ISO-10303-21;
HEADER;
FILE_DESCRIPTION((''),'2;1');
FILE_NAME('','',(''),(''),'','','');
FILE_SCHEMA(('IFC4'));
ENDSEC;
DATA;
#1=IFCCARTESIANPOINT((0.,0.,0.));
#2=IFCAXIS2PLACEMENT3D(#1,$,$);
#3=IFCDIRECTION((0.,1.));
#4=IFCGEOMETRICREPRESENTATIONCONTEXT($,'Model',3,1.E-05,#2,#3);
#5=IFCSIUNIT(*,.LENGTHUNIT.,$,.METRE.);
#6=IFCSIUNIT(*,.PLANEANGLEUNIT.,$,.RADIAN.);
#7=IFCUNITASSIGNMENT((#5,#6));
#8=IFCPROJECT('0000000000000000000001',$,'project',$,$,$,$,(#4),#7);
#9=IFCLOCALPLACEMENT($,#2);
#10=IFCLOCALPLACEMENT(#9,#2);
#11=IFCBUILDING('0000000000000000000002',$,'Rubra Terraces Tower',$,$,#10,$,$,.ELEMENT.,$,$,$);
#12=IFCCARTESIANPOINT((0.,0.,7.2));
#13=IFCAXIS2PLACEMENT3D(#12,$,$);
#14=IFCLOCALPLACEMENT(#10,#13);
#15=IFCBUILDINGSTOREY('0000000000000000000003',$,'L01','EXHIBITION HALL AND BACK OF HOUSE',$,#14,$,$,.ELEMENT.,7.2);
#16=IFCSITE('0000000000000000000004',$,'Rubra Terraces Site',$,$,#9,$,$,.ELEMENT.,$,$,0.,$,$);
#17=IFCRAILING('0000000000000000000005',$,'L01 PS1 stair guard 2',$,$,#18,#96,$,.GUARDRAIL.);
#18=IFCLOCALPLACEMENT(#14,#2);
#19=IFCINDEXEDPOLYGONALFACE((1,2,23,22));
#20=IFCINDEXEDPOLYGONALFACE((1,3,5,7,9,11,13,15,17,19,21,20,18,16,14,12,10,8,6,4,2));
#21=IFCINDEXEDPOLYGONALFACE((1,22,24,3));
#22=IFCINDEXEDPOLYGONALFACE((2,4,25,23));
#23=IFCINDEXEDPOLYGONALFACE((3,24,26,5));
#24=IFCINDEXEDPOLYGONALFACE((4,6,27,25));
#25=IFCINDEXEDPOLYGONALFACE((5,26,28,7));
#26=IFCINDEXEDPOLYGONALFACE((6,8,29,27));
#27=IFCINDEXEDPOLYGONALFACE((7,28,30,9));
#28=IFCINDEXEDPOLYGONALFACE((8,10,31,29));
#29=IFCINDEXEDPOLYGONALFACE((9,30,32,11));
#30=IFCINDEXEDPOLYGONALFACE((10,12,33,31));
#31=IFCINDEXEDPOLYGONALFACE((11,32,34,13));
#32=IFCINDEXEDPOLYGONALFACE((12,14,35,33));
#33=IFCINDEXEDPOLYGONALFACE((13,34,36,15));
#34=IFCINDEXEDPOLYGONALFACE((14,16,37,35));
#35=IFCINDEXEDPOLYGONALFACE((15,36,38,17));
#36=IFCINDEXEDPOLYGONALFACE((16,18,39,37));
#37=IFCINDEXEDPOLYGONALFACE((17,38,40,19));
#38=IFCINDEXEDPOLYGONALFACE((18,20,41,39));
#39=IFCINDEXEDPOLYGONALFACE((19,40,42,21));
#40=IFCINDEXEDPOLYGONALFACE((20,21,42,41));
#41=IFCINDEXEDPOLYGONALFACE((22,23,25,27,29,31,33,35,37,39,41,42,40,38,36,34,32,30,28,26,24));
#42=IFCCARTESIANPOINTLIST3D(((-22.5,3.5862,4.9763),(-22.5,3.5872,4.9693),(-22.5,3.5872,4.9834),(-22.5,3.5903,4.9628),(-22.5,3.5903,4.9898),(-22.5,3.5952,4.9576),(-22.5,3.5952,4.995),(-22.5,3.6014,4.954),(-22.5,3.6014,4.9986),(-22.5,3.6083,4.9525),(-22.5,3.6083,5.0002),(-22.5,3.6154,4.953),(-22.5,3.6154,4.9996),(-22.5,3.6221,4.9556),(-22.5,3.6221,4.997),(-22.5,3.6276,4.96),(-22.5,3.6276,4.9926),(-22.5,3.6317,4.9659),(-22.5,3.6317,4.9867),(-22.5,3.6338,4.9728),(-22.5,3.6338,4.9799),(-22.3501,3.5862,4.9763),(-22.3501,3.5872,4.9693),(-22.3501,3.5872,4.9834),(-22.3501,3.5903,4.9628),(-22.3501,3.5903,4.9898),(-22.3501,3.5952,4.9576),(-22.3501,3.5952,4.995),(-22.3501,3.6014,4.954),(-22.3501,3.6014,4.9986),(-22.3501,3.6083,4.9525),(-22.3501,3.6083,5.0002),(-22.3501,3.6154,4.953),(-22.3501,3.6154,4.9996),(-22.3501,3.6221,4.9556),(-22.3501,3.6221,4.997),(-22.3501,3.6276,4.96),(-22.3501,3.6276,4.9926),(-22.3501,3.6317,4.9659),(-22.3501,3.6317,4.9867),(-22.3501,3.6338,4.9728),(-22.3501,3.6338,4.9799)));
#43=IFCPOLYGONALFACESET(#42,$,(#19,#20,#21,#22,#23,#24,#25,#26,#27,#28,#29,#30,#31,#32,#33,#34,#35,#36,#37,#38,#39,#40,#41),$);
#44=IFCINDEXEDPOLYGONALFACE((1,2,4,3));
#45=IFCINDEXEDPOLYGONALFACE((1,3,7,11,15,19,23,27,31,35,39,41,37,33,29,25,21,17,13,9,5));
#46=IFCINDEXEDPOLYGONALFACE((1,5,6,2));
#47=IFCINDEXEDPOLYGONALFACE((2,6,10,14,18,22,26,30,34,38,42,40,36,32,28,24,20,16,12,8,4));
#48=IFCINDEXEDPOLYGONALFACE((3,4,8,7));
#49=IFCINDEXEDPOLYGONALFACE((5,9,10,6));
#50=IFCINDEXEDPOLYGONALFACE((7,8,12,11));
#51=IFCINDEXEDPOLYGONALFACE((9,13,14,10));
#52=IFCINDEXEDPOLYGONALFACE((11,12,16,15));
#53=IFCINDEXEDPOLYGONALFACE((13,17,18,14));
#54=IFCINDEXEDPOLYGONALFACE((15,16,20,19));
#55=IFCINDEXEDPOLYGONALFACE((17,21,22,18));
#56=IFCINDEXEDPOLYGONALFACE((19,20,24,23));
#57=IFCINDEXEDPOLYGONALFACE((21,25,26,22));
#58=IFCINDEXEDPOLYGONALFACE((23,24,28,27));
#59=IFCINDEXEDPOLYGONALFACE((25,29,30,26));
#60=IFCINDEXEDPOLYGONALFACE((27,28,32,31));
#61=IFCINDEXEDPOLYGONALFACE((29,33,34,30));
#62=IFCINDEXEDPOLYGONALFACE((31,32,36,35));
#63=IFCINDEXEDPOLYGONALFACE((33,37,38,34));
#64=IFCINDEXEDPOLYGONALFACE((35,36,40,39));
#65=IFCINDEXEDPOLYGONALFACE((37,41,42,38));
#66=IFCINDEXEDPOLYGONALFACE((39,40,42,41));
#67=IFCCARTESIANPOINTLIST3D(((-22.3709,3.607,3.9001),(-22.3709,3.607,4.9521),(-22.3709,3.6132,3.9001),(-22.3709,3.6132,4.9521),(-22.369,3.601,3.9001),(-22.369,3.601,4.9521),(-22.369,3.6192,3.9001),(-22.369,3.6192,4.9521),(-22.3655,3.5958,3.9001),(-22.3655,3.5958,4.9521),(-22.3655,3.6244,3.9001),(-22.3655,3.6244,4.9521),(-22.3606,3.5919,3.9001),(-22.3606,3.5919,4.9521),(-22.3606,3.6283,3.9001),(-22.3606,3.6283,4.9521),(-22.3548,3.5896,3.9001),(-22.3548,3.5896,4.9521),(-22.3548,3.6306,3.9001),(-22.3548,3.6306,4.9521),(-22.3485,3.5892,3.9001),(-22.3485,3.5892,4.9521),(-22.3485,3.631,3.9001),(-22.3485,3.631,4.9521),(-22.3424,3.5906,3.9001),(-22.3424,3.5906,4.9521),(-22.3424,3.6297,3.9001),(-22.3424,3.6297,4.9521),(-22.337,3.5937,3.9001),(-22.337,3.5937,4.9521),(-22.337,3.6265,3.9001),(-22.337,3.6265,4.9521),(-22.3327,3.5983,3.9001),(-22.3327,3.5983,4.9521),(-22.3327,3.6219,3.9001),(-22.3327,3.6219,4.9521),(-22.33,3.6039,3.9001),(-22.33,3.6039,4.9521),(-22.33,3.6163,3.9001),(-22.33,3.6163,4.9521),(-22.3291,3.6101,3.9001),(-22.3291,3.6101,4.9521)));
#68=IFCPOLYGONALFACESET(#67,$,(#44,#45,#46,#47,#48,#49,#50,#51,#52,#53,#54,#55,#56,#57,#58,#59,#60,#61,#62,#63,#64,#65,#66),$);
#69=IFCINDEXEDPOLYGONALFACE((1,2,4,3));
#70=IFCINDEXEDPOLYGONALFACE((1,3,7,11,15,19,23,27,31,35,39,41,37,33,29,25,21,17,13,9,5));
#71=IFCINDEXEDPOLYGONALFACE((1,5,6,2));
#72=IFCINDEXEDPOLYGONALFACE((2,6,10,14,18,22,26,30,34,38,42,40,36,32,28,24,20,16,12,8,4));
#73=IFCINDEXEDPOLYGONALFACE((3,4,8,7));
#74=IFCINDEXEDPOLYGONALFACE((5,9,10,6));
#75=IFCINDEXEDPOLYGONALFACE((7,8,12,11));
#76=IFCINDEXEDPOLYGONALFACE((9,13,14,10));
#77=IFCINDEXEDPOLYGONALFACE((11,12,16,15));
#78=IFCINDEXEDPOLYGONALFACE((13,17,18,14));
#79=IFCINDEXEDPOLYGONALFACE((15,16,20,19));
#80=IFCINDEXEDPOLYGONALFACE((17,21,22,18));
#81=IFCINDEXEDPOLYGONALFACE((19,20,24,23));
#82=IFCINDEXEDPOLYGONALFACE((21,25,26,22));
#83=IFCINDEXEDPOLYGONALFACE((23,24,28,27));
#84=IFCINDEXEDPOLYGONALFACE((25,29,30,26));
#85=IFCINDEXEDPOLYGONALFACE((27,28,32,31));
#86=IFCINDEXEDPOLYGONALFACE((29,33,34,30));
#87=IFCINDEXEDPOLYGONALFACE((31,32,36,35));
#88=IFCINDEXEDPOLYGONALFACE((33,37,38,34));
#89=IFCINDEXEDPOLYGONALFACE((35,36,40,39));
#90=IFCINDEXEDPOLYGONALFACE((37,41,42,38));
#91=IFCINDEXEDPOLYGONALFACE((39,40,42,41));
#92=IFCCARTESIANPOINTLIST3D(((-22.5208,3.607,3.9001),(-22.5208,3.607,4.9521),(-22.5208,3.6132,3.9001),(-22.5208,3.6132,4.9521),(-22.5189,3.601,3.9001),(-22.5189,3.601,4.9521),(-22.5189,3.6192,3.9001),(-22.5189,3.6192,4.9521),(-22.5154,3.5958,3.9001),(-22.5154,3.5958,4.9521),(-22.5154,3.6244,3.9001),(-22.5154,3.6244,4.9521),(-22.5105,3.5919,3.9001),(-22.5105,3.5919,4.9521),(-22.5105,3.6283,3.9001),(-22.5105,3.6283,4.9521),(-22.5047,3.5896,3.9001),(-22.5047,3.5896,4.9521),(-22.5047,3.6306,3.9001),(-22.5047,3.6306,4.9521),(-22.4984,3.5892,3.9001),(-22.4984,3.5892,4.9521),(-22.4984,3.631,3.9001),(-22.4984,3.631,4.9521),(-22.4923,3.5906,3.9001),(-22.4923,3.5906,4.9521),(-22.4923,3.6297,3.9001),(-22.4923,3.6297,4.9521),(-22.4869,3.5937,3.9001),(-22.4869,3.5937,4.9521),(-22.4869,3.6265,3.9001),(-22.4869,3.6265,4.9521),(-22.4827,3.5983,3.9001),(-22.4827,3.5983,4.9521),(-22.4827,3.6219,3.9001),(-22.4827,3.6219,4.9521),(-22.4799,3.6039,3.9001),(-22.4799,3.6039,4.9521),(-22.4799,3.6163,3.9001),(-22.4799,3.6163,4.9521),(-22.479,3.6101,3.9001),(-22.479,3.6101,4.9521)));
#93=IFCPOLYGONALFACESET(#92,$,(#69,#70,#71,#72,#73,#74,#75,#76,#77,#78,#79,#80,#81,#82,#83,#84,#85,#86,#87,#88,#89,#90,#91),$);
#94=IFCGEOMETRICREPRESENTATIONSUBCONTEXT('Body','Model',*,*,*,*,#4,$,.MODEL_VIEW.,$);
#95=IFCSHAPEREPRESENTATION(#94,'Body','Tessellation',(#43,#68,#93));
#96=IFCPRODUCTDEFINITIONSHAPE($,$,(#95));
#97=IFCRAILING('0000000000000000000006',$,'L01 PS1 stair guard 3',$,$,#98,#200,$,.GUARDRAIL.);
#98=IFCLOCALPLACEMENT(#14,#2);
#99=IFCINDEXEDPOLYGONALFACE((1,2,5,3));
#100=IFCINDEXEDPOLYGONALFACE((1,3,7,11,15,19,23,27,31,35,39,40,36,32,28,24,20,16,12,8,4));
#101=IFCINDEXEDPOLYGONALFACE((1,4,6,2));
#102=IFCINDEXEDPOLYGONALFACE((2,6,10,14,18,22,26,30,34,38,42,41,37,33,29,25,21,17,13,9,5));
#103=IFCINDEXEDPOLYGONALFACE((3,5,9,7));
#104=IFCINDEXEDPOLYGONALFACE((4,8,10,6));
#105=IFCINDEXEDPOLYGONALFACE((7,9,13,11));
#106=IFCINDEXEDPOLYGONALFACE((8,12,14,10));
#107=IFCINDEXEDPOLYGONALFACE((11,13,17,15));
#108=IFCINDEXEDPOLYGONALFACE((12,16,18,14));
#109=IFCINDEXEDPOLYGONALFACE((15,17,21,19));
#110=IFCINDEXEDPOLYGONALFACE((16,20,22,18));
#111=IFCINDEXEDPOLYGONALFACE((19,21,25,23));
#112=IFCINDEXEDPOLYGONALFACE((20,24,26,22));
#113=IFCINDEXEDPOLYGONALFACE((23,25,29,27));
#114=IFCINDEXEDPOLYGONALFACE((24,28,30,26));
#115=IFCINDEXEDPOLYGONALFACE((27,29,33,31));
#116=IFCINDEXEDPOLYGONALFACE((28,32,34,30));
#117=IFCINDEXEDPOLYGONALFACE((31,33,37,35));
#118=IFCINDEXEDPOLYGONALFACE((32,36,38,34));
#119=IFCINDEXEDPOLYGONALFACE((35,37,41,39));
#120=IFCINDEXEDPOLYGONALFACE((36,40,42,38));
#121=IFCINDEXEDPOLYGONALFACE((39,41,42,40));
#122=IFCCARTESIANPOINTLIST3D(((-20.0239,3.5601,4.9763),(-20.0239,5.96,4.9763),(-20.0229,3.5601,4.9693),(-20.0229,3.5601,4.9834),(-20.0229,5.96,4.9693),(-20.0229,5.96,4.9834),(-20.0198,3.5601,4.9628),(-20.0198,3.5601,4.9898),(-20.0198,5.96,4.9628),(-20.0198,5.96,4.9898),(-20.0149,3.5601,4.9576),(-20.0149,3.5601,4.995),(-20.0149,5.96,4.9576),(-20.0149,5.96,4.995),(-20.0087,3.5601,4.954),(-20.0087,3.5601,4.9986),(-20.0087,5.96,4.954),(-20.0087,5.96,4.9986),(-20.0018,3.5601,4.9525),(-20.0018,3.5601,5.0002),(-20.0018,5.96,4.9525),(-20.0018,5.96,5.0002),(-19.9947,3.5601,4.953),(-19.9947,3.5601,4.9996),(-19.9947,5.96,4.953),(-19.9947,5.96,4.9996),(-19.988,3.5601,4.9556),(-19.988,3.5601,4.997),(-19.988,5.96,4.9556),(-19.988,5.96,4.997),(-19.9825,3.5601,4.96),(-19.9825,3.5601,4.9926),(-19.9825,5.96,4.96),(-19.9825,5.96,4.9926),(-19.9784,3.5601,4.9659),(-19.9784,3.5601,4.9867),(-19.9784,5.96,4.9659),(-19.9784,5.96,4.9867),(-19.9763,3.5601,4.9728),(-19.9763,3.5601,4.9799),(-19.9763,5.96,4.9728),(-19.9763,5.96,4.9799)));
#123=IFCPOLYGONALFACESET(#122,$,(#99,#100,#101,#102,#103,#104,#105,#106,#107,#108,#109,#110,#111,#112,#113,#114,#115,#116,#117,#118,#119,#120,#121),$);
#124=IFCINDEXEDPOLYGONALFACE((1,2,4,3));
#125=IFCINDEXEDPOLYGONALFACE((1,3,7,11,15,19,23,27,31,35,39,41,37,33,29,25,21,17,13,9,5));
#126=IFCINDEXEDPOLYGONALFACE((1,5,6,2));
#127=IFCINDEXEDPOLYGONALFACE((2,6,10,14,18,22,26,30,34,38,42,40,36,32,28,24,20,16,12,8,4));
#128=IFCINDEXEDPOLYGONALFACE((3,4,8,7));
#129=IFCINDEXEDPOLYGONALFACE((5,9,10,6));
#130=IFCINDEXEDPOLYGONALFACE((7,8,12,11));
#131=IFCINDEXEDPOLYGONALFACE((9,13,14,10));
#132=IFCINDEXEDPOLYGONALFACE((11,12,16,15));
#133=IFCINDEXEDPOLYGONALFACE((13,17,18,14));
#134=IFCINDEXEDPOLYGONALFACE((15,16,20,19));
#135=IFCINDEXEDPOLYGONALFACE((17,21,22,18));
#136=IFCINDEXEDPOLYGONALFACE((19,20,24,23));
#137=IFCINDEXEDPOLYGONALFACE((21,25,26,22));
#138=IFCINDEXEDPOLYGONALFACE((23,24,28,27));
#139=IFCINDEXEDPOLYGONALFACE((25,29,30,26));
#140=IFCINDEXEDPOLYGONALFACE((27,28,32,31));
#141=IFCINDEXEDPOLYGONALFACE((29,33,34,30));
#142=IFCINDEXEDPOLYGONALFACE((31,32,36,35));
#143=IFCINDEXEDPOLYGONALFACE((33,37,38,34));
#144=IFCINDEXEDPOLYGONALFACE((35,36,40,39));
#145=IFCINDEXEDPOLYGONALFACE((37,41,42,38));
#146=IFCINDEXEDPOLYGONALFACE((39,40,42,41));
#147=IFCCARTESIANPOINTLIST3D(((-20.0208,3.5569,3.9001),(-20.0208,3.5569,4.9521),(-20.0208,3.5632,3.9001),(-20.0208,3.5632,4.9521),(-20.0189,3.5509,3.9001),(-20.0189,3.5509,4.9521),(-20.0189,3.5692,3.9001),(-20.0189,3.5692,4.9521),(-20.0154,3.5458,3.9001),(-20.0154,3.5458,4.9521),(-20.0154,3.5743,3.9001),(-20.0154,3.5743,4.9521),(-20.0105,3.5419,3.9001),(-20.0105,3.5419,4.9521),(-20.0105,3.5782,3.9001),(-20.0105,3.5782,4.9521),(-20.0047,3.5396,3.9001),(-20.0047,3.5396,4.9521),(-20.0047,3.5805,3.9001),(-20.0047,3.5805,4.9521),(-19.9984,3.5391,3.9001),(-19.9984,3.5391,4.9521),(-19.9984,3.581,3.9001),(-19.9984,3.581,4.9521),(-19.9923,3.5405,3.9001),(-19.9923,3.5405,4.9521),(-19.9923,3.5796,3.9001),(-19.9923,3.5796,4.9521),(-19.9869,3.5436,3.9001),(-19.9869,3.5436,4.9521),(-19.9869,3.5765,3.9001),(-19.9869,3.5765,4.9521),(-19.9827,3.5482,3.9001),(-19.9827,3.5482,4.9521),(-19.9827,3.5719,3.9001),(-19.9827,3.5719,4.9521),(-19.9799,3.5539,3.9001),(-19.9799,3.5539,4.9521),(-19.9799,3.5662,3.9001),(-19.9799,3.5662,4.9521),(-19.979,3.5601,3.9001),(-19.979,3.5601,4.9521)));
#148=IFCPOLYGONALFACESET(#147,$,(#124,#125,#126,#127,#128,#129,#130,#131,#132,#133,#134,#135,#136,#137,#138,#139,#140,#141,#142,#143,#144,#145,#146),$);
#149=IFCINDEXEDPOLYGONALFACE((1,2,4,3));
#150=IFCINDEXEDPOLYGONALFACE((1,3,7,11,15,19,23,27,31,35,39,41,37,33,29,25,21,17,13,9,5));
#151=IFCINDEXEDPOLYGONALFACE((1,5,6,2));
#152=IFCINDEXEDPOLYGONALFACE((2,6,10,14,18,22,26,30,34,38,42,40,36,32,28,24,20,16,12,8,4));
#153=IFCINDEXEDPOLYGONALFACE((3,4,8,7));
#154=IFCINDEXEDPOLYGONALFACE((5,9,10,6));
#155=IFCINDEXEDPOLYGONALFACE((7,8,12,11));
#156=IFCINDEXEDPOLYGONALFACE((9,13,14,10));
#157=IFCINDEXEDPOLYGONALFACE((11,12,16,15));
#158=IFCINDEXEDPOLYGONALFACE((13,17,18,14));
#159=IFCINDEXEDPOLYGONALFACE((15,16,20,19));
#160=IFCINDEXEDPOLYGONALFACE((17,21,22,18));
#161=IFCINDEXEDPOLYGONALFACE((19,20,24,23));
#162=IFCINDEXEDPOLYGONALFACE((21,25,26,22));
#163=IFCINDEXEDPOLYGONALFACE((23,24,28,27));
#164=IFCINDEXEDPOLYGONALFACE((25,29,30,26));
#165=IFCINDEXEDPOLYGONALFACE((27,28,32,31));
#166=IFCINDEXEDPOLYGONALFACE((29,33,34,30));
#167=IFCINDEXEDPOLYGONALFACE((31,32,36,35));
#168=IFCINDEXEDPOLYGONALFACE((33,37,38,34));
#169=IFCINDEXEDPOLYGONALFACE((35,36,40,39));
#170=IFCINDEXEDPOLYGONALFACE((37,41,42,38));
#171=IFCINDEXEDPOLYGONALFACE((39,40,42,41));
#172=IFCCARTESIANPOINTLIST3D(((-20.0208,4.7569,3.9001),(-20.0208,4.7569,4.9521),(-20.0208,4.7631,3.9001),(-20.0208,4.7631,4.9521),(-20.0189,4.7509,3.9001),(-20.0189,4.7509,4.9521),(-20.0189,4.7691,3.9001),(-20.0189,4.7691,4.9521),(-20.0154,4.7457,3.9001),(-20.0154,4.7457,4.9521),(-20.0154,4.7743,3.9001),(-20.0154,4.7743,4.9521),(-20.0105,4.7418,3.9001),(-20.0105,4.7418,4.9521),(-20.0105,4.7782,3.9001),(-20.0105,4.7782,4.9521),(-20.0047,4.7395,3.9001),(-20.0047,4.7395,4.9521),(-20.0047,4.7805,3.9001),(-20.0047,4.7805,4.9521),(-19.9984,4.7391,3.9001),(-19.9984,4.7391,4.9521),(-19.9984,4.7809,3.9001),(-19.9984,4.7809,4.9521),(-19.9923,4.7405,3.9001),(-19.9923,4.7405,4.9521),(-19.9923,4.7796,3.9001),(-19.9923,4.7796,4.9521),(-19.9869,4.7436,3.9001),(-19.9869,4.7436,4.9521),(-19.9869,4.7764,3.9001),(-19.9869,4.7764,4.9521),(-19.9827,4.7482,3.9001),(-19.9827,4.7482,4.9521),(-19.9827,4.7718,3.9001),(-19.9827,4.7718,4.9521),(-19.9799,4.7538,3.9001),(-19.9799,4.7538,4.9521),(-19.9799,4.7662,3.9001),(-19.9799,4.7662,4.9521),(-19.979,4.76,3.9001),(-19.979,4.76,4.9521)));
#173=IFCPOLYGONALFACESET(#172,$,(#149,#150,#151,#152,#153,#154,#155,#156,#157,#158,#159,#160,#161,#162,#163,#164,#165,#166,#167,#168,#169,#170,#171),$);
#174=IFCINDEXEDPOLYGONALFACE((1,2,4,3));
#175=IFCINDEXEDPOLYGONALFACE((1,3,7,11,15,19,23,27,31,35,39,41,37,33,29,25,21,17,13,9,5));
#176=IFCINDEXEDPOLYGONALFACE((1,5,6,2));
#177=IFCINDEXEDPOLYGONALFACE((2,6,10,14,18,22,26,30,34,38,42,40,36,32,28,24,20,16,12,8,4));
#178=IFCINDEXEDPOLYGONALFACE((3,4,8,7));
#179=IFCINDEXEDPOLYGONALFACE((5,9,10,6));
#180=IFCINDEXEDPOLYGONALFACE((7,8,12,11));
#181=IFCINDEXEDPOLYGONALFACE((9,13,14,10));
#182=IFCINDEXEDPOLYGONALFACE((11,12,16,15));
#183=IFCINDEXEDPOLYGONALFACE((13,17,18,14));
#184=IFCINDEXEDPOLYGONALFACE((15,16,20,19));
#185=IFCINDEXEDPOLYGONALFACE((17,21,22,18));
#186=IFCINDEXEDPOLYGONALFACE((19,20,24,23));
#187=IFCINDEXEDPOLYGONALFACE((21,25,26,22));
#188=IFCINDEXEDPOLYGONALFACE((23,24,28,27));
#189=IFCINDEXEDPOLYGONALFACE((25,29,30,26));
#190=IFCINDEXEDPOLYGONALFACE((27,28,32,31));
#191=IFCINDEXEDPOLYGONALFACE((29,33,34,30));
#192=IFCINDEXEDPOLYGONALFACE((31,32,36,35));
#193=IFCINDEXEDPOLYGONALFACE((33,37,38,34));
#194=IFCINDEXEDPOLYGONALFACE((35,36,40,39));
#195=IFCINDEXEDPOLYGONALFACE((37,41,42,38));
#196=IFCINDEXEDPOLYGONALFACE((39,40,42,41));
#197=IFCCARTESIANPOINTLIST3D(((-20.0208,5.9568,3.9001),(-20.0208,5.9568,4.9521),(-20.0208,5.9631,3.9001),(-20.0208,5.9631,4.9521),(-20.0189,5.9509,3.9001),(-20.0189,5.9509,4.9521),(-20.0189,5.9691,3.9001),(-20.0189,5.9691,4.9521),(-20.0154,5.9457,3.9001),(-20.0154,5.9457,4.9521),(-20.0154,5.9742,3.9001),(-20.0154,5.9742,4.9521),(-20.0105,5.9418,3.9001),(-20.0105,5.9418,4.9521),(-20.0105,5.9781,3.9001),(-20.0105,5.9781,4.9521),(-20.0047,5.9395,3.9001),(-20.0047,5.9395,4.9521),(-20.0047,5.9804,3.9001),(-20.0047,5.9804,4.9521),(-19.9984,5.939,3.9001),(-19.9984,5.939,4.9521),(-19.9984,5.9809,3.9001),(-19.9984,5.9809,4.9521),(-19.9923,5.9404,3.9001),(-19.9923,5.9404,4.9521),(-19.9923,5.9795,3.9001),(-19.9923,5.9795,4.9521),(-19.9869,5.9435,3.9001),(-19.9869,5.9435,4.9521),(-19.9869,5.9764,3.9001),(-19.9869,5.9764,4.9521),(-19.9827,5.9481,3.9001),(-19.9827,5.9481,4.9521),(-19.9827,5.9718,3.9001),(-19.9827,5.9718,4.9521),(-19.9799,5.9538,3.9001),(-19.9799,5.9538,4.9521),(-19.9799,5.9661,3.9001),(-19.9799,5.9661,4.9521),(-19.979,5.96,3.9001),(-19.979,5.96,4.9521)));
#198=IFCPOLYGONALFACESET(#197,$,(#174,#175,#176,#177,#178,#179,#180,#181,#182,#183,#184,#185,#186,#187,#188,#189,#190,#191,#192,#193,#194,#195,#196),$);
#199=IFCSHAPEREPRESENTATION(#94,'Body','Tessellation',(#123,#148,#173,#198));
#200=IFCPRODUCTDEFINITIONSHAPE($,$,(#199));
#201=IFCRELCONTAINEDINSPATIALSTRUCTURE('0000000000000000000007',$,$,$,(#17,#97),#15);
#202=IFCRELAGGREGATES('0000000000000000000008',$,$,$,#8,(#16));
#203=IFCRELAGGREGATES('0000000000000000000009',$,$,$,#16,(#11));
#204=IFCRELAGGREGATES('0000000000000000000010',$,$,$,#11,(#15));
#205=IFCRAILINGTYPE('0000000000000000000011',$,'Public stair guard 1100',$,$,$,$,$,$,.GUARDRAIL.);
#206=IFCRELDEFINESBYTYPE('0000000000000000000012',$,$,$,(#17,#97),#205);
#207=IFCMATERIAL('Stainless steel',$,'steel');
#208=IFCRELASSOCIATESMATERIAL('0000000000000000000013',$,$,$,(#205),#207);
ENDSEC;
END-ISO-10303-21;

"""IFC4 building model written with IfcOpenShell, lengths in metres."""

from ifc_helpers import new_model, si_unit, direction, frame, origin, origin_2d, place, context, subcontext, project, spatial, circle, extrude, material, type_object, element, save


model = new_model("IFC4")

# Units and contexts
model_context = context("Model", 3, precision=1e-05, world=origin(), true_north=direction((0.0, 1.0)))
body_context = subcontext(model_context, "Body", "Model", "MODEL_VIEW")
ifc_project = project(units=[si_unit("LENGTHUNIT", "METRE"), si_unit("PLANEANGLEUNIT", "RADIAN")], contexts=[model_context])

# Site, building, storey
site_placement = place(None, origin())
site = spatial("IfcSite", under=ifc_project, at=site_placement, Name="Rubra Terraces Site", CompositionType="ELEMENT", RefElevation=0.0)
building_placement = place(site_placement, origin())
building = spatial("IfcBuilding", under=site, at=building_placement, Name="Rubra Terraces Tower", CompositionType="ELEMENT")
storey_placement = place(building_placement, frame((0.0, 0.0, 7.2)))
storey = spatial("IfcBuildingStorey", under=building, at=storey_placement, Name="L01", Description="EXHIBITION HALL AND BACK OF HOUSE", CompositionType="ELEMENT", Elevation=7.2)

# Railings
ifc_material_1 = material(Name="Stainless steel", Category="steel")
railing_type_1 = type_object("IfcRailingType", Name="Public stair guard 1100", PredefinedType="GUARDRAIL", material=ifc_material_1)
railing_1_placement = place(storey_placement, frame((-22.3501, 3.6101, 3.9001)))
element("IfcRailing", 1, at=railing_1_placement, inside=storey, type_object=railing_type_1, Name="L01 PS1 stair guard 2", PredefinedType="GUARDRAIL", context=body_context, shape_type="SweptSolid", body=[
    extrude(circle(Radius=0.0239, at=origin_2d()), frame((0.0, 0.0, 1.0762), z_axis=(-1.0, 0.0, 0.0), x_axis=(0.0, -1.0, 0.0)), (0.0, 0.0, 1.0), 0.1499),
    extrude(circle(Radius=0.021, at=origin_2d()), origin(), (0.0, 0.0, 1.0), 1.052),
    extrude(circle(Radius=0.021, at=origin_2d()), frame((-0.1499, 0.0, 0.0)), (0.0, 0.0, 1.0), 1.052),
])
for number, where, name in (
    (2, (-20.0, 3.5601, 3.9001), "L01 PS1 stair guard 3"),
):
    element("IfcRailing", number, at=place(storey_placement, frame(where)), inside=storey, type_object=railing_type_1, Name=name, PredefinedType="GUARDRAIL", context=body_context, shape_type="SweptSolid", body=[
        extrude(circle(Radius=0.0239, at=origin_2d()), frame((0.0, 0.0, 1.0762), z_axis=(0.0, 1.0, 0.0), x_axis=(-1.0, 0.0, 0.0)), (0.0, 0.0, 1.0), 2.3999),
        extrude(circle(Radius=0.021, at=origin_2d()), origin(), (0.0, 0.0, 1.0), 1.052),
        extrude(circle(Radius=0.021, at=origin_2d()), frame((0.0, 1.2, 0.0)), (0.0, 0.0, 1.0), 1.052),
        extrude(circle(Radius=0.021, at=origin_2d()), frame((0.0, 2.3999, 0.0)), (0.0, 0.0, 1.0), 1.052),
    ])

save(model, "model.ifc")
